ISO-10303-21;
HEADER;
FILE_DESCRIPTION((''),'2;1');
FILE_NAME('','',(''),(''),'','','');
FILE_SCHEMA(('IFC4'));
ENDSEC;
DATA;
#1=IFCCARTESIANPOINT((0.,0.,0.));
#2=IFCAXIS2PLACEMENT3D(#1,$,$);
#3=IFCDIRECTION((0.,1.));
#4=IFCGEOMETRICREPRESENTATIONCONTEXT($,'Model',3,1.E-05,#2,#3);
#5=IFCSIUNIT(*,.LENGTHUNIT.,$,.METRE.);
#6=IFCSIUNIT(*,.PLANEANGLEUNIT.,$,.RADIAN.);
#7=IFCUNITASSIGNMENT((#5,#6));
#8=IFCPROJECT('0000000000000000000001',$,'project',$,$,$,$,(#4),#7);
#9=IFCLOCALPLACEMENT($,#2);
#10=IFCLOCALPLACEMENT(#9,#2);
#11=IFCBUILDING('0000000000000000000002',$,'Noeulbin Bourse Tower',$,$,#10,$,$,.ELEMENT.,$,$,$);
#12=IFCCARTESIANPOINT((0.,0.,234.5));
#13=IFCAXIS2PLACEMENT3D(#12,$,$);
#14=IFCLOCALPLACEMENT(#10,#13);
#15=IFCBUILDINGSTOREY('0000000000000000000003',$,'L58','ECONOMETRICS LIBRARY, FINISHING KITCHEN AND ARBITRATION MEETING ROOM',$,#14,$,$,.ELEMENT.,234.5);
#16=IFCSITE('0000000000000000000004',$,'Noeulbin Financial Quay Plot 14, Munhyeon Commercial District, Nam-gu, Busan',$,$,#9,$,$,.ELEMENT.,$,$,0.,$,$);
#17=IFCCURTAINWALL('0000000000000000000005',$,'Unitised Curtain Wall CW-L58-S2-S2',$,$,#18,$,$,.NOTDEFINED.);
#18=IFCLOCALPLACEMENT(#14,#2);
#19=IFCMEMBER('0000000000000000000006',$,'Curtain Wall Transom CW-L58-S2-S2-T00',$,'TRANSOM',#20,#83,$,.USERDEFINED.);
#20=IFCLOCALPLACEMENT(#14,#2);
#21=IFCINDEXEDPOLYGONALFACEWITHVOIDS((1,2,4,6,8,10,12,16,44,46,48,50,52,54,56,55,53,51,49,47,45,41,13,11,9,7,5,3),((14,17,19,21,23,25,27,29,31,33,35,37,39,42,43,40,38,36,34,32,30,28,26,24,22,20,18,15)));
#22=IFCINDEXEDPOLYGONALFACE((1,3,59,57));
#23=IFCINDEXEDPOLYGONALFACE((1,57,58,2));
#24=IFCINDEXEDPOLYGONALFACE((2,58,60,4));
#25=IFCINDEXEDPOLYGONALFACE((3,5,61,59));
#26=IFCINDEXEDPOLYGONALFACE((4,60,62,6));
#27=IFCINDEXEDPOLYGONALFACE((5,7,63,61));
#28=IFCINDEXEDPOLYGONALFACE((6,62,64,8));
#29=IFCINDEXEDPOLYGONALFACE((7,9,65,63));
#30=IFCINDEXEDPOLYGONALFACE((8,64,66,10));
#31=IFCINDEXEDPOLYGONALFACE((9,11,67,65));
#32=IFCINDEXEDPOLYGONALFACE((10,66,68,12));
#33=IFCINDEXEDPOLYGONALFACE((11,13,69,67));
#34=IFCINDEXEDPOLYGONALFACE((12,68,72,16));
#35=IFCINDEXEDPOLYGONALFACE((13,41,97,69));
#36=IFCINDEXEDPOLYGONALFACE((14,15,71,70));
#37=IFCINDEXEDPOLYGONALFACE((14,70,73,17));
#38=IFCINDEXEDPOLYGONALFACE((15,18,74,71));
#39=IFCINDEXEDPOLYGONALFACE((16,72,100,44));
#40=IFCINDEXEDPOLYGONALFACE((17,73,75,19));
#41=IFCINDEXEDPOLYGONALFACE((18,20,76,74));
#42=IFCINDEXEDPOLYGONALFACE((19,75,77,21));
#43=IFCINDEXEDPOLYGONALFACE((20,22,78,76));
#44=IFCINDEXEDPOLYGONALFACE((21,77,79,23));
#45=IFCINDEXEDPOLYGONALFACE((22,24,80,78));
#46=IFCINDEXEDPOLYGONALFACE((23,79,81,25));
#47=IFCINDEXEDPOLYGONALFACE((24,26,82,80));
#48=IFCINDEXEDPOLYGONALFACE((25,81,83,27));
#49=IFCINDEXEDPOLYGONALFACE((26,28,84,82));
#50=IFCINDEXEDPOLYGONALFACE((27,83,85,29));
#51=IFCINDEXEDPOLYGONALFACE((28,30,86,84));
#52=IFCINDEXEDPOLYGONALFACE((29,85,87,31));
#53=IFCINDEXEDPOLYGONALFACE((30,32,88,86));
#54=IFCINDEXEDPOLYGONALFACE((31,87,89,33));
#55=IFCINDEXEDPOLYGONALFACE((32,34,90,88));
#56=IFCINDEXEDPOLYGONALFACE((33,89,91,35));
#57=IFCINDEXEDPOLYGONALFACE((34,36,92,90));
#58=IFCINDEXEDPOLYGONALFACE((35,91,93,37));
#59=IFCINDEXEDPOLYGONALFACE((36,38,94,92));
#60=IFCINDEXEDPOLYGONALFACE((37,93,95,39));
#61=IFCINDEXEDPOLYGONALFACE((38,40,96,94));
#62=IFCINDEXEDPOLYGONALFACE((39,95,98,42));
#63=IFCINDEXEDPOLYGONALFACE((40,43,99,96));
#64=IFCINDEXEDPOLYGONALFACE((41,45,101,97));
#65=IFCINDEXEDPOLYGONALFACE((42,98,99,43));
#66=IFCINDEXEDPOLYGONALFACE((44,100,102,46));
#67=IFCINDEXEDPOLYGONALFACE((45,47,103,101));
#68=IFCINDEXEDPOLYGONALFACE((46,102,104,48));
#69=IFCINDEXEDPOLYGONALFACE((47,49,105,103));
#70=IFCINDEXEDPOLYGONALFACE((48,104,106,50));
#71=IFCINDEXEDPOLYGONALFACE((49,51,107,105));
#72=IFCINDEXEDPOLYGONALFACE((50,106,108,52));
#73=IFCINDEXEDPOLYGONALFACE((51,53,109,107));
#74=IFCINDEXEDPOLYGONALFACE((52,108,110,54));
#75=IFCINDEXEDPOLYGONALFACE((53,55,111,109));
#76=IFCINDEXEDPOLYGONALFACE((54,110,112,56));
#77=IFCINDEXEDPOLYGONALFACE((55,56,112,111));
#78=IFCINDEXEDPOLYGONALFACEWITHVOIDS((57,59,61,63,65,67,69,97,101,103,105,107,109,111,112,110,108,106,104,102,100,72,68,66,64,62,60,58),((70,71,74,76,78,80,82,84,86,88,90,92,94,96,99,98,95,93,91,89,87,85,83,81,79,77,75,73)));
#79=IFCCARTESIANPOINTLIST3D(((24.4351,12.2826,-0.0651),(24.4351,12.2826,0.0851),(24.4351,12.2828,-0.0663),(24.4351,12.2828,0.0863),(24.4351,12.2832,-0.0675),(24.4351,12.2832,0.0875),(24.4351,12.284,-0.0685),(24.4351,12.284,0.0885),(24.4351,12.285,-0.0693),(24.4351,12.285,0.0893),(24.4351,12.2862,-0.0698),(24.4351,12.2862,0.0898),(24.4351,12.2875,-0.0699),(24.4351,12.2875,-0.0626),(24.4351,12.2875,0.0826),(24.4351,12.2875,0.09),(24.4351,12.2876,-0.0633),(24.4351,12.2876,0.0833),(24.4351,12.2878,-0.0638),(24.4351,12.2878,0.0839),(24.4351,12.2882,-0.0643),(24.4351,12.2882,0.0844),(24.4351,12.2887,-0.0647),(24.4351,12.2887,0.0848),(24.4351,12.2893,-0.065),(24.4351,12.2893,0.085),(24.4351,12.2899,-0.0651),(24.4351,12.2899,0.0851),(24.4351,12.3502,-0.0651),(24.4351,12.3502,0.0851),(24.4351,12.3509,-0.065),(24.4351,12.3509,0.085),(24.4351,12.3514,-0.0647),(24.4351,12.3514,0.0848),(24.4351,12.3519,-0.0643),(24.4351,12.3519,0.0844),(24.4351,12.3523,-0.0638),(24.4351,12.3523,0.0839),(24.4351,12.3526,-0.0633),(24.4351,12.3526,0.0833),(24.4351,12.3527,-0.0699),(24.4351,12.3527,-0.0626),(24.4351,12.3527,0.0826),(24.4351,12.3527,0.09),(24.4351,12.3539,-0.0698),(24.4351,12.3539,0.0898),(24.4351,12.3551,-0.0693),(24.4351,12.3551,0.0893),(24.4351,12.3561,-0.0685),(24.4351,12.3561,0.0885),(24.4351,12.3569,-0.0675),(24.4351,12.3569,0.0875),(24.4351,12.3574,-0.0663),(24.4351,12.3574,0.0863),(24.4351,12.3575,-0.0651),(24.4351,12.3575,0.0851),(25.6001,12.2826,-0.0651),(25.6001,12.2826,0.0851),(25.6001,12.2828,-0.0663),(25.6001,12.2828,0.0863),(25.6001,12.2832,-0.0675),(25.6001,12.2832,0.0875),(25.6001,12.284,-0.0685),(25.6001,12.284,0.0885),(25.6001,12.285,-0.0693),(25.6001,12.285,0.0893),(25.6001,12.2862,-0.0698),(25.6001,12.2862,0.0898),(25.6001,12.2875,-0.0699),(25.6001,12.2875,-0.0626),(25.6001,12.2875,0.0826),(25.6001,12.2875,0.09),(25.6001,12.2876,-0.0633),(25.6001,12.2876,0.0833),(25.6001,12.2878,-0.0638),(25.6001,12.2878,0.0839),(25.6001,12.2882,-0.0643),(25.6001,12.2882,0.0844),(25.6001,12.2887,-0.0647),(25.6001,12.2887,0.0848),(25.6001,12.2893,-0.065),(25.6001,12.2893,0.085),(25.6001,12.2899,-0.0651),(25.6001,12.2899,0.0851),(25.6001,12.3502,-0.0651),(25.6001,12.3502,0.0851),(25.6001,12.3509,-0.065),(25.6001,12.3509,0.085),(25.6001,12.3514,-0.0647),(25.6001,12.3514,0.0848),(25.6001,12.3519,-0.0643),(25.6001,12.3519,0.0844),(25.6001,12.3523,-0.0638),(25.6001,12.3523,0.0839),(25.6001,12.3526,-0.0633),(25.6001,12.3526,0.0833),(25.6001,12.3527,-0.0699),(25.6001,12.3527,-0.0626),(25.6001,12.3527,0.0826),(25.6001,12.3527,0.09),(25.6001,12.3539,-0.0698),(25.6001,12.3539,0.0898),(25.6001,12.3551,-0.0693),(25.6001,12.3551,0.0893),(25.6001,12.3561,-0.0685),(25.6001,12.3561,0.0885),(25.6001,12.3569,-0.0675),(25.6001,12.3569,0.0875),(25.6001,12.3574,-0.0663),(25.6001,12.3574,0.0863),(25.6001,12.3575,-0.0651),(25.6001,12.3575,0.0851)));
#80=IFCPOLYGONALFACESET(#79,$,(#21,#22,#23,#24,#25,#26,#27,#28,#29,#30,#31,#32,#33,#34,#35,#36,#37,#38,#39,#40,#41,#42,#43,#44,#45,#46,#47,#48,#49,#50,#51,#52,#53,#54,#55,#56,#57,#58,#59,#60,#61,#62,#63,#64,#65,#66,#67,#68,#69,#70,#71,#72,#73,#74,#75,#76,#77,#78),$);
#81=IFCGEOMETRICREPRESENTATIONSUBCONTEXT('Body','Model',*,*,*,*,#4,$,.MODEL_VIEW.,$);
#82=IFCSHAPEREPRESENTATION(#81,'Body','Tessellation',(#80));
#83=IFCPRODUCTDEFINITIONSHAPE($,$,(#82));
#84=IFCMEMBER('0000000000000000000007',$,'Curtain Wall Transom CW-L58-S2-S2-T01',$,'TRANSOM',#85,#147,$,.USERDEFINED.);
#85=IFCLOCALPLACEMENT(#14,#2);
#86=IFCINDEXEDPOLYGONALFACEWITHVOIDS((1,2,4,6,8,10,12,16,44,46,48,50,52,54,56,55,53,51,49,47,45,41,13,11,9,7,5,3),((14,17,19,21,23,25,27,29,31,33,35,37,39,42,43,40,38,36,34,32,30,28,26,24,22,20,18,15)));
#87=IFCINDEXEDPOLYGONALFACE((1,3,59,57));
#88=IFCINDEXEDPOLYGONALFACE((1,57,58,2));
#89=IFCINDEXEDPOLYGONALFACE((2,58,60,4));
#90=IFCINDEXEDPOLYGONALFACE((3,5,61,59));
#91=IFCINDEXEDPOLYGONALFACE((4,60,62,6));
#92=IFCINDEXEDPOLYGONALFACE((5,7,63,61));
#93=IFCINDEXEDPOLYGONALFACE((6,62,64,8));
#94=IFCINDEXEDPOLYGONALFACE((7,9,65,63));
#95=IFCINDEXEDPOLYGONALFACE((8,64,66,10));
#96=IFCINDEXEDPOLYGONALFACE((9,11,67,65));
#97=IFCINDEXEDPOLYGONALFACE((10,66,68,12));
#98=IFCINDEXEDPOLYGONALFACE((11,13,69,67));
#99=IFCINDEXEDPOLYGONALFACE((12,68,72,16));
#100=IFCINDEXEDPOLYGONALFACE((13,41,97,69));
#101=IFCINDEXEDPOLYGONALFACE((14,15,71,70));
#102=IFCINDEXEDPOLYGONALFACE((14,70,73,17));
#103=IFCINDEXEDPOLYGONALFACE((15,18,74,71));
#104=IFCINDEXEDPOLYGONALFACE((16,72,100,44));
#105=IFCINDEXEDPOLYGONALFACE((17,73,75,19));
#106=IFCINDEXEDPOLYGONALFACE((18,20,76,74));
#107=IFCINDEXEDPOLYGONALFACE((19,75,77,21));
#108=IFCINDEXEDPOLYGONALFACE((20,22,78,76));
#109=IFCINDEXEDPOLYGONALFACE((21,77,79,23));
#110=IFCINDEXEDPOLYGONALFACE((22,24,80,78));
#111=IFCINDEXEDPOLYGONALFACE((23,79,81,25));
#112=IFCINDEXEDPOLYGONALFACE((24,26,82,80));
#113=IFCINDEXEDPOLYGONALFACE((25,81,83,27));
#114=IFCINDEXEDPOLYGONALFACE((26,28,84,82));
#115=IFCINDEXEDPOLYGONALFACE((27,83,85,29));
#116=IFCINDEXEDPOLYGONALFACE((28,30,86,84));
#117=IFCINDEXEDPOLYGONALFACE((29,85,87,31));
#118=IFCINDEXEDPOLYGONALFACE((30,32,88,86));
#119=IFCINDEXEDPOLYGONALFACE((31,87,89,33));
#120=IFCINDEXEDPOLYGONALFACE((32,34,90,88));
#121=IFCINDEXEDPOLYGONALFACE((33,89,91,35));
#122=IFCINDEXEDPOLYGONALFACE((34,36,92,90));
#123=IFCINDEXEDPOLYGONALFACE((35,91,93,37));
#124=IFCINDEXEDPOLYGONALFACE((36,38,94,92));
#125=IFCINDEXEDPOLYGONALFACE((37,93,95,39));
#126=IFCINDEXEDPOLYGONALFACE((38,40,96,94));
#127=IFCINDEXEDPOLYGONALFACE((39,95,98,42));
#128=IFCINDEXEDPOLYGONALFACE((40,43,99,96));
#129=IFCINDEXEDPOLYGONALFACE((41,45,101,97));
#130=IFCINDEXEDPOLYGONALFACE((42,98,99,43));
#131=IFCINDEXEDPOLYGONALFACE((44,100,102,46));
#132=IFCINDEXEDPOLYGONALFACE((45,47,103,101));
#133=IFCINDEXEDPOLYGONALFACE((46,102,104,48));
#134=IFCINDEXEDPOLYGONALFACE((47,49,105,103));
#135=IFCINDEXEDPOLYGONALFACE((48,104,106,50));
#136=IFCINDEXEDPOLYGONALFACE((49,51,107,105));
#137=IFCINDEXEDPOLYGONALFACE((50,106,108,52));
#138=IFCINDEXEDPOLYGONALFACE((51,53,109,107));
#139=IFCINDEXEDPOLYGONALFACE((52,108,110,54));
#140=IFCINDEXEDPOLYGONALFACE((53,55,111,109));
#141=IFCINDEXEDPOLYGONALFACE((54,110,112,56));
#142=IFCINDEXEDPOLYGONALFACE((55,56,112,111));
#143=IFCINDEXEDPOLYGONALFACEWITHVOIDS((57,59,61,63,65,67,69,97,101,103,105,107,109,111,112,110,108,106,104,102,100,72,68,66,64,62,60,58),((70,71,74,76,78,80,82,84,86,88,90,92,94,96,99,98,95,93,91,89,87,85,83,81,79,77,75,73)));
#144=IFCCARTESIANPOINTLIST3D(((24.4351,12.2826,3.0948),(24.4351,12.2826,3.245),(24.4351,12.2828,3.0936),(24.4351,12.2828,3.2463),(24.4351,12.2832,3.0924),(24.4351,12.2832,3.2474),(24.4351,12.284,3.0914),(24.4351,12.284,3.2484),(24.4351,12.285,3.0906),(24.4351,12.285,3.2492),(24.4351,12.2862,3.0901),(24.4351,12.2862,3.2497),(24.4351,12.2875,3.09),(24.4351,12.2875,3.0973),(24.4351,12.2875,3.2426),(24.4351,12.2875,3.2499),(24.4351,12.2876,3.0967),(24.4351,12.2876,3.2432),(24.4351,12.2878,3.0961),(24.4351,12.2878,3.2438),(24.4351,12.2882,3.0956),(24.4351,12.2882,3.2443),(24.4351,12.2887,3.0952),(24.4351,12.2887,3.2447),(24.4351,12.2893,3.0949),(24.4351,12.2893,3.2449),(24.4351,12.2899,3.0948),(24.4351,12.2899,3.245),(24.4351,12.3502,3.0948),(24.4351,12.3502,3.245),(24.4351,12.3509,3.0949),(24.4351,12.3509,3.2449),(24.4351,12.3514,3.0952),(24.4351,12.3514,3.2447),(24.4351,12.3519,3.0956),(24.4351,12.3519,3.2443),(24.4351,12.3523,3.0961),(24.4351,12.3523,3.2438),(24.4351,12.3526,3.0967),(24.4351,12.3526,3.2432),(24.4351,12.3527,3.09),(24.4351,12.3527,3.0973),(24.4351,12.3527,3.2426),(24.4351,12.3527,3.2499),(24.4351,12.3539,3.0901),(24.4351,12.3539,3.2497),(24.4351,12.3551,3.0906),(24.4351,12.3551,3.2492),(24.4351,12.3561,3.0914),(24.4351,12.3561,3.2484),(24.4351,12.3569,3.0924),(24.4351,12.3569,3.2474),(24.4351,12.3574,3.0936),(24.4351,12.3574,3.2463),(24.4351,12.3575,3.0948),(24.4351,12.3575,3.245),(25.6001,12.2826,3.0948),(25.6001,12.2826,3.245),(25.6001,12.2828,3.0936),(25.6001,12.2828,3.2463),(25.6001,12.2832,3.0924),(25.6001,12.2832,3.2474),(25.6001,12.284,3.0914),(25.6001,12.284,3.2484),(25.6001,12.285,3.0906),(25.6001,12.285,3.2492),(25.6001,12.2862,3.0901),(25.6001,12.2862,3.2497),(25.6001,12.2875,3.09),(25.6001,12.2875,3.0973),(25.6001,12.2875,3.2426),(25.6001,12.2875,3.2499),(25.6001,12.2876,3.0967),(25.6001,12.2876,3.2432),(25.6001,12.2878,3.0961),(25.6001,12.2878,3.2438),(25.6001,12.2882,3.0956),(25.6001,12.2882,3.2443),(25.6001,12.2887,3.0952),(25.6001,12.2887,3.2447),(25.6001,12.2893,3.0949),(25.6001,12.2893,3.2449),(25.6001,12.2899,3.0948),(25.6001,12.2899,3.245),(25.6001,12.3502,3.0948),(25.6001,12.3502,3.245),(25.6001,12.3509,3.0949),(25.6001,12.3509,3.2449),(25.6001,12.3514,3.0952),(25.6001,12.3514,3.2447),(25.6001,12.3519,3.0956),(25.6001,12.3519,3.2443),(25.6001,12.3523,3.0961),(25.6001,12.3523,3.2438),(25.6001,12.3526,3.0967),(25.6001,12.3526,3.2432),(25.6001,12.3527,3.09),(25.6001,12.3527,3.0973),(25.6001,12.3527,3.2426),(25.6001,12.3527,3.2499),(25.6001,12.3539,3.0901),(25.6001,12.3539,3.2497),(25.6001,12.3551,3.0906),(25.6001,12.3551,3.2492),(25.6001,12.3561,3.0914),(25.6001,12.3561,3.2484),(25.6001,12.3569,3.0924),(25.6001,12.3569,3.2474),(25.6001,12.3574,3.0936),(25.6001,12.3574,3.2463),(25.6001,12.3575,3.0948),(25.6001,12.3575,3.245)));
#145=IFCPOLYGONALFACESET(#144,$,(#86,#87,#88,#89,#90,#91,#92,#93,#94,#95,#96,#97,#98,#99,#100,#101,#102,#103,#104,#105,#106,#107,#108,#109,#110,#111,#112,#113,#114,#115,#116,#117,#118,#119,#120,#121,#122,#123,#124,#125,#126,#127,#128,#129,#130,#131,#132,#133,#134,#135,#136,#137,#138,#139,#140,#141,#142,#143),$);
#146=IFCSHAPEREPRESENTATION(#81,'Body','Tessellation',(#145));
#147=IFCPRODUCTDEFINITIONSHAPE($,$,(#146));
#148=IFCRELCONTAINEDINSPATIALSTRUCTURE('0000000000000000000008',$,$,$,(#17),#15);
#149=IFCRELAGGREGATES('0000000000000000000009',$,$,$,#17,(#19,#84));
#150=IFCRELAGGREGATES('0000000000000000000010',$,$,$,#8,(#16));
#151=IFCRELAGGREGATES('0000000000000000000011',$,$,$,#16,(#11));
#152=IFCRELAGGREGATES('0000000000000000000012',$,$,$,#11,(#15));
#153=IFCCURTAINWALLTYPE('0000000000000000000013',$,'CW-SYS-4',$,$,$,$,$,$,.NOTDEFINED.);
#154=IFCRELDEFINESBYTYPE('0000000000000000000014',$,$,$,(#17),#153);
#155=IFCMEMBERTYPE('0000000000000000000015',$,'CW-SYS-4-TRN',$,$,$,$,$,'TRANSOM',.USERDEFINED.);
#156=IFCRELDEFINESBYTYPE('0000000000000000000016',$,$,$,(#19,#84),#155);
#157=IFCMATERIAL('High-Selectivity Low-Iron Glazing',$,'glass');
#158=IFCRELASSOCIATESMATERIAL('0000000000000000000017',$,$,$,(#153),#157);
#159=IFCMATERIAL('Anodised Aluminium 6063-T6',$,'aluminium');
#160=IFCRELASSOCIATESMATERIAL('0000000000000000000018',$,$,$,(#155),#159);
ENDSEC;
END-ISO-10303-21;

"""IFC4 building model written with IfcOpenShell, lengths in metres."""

from ifc_helpers import new_model, si_unit, direction, frame, origin, origin_2d, place, context, subcontext, project, spatial, hollow_rectangle, extrude, material, material_profile, profile_set, type_object, element, aggregate, save


model = new_model("IFC4")

# Units and contexts
model_context = context("Model", 3, precision=1e-05, world=origin(), true_north=direction((0.0, 1.0)))
body_context = subcontext(model_context, "Body", "Model", "MODEL_VIEW")
ifc_project = project(units=[si_unit("LENGTHUNIT", "METRE"), si_unit("PLANEANGLEUNIT", "RADIAN")], contexts=[model_context])

# Site, building, storey
site_placement = place(None, origin())
site = spatial("IfcSite", under=ifc_project, at=site_placement, Name="Noeulbin Financial Quay Plot 14, Munhyeon Commercial District, Nam-gu, Busan", CompositionType="ELEMENT", RefElevation=0.0)
building_placement = place(site_placement, origin())
building = spatial("IfcBuilding", under=site, at=building_placement, Name="Noeulbin Bourse Tower", CompositionType="ELEMENT")
storey_placement = place(building_placement, frame((0.0, 0.0, 234.5)))
storey = spatial("IfcBuildingStorey", under=building, at=storey_placement, Name="L58", Description="ECONOMETRICS LIBRARY, FINISHING KITCHEN AND ARBITRATION MEETING ROOM", CompositionType="ELEMENT", Elevation=234.5)

# Curtain wall
ifc_material_1 = material(Name="High-Selectivity Low-Iron Glazing", Category="glass")
curtain_wall_type = type_object("IfcCurtainWallType", Name="CW-SYS-4", PredefinedType="NOTDEFINED", material=ifc_material_1)
ifc_material_2 = material(Name="Anodised Aluminium 6063-T6", Category="aluminium")
curtain_wall_1_placement = place(storey_placement, origin())
curtain_wall_1 = element("IfcCurtainWall", 1, at=curtain_wall_1_placement, inside=storey, type_object=curtain_wall_type, Name="Unitised Curtain Wall CW-L58-S2-S2", PredefinedType="NOTDEFINED")

# Members
ifc_material_profile_1 = material_profile(ifc_material_2, hollow_rectangle(XDim=0.075, YDim=0.1599, WallThickness=0.0049, InnerFilletRadius=0.0024, OuterFilletRadius=0.0049, at=origin_2d()), Name="ALU-TRAN-75x160x5", Category="LoadBearing")
ifc_profile_set_1 = profile_set([ifc_material_profile_1], Name="Anodised Aluminium 6063-T6")
member_type_1 = type_object("IfcMemberType", Name="CW-SYS-4-TRN", ElementType="TRANSOM", PredefinedType="USERDEFINED", material=ifc_profile_set_1)
member_1_placement = place(storey_placement, frame((24.4351, 12.3201, 0.01), z_axis=(1.0, 0.0, 0.0), x_axis=(0.0, 1.0, 0.0)))
member_1 = element("IfcMember", 2, at=member_1_placement, type_object=member_type_1, Name="Curtain Wall Transom CW-L58-S2-S2-T00", ObjectType="TRANSOM", PredefinedType="USERDEFINED", context=body_context, shape_type="SweptSolid", body=[
    extrude(hollow_rectangle(XDim=0.075, YDim=0.1599, WallThickness=0.0049, InnerFilletRadius=0.0024, OuterFilletRadius=0.0049, at=origin_2d()), origin(), (0.0, 0.0, 1.0), 1.165),
])
member_2_placement = place(storey_placement, frame((24.4351, 12.3201, 3.1699), z_axis=(1.0, 0.0, 0.0), x_axis=(0.0, 1.0, 0.0)))
member_2 = element("IfcMember", 3, at=member_2_placement, type_object=member_type_1, Name="Curtain Wall Transom CW-L58-S2-S2-T01", ObjectType="TRANSOM", PredefinedType="USERDEFINED", context=body_context, shape_type="SweptSolid", body=[
    extrude(hollow_rectangle(XDim=0.075, YDim=0.1599, WallThickness=0.0049, InnerFilletRadius=0.0024, OuterFilletRadius=0.0049, at=origin_2d()), origin(), (0.0, 0.0, 1.0), 1.165),
])

aggregate(curtain_wall_1, [member_1, member_2])

save(model, "model.ifc")
